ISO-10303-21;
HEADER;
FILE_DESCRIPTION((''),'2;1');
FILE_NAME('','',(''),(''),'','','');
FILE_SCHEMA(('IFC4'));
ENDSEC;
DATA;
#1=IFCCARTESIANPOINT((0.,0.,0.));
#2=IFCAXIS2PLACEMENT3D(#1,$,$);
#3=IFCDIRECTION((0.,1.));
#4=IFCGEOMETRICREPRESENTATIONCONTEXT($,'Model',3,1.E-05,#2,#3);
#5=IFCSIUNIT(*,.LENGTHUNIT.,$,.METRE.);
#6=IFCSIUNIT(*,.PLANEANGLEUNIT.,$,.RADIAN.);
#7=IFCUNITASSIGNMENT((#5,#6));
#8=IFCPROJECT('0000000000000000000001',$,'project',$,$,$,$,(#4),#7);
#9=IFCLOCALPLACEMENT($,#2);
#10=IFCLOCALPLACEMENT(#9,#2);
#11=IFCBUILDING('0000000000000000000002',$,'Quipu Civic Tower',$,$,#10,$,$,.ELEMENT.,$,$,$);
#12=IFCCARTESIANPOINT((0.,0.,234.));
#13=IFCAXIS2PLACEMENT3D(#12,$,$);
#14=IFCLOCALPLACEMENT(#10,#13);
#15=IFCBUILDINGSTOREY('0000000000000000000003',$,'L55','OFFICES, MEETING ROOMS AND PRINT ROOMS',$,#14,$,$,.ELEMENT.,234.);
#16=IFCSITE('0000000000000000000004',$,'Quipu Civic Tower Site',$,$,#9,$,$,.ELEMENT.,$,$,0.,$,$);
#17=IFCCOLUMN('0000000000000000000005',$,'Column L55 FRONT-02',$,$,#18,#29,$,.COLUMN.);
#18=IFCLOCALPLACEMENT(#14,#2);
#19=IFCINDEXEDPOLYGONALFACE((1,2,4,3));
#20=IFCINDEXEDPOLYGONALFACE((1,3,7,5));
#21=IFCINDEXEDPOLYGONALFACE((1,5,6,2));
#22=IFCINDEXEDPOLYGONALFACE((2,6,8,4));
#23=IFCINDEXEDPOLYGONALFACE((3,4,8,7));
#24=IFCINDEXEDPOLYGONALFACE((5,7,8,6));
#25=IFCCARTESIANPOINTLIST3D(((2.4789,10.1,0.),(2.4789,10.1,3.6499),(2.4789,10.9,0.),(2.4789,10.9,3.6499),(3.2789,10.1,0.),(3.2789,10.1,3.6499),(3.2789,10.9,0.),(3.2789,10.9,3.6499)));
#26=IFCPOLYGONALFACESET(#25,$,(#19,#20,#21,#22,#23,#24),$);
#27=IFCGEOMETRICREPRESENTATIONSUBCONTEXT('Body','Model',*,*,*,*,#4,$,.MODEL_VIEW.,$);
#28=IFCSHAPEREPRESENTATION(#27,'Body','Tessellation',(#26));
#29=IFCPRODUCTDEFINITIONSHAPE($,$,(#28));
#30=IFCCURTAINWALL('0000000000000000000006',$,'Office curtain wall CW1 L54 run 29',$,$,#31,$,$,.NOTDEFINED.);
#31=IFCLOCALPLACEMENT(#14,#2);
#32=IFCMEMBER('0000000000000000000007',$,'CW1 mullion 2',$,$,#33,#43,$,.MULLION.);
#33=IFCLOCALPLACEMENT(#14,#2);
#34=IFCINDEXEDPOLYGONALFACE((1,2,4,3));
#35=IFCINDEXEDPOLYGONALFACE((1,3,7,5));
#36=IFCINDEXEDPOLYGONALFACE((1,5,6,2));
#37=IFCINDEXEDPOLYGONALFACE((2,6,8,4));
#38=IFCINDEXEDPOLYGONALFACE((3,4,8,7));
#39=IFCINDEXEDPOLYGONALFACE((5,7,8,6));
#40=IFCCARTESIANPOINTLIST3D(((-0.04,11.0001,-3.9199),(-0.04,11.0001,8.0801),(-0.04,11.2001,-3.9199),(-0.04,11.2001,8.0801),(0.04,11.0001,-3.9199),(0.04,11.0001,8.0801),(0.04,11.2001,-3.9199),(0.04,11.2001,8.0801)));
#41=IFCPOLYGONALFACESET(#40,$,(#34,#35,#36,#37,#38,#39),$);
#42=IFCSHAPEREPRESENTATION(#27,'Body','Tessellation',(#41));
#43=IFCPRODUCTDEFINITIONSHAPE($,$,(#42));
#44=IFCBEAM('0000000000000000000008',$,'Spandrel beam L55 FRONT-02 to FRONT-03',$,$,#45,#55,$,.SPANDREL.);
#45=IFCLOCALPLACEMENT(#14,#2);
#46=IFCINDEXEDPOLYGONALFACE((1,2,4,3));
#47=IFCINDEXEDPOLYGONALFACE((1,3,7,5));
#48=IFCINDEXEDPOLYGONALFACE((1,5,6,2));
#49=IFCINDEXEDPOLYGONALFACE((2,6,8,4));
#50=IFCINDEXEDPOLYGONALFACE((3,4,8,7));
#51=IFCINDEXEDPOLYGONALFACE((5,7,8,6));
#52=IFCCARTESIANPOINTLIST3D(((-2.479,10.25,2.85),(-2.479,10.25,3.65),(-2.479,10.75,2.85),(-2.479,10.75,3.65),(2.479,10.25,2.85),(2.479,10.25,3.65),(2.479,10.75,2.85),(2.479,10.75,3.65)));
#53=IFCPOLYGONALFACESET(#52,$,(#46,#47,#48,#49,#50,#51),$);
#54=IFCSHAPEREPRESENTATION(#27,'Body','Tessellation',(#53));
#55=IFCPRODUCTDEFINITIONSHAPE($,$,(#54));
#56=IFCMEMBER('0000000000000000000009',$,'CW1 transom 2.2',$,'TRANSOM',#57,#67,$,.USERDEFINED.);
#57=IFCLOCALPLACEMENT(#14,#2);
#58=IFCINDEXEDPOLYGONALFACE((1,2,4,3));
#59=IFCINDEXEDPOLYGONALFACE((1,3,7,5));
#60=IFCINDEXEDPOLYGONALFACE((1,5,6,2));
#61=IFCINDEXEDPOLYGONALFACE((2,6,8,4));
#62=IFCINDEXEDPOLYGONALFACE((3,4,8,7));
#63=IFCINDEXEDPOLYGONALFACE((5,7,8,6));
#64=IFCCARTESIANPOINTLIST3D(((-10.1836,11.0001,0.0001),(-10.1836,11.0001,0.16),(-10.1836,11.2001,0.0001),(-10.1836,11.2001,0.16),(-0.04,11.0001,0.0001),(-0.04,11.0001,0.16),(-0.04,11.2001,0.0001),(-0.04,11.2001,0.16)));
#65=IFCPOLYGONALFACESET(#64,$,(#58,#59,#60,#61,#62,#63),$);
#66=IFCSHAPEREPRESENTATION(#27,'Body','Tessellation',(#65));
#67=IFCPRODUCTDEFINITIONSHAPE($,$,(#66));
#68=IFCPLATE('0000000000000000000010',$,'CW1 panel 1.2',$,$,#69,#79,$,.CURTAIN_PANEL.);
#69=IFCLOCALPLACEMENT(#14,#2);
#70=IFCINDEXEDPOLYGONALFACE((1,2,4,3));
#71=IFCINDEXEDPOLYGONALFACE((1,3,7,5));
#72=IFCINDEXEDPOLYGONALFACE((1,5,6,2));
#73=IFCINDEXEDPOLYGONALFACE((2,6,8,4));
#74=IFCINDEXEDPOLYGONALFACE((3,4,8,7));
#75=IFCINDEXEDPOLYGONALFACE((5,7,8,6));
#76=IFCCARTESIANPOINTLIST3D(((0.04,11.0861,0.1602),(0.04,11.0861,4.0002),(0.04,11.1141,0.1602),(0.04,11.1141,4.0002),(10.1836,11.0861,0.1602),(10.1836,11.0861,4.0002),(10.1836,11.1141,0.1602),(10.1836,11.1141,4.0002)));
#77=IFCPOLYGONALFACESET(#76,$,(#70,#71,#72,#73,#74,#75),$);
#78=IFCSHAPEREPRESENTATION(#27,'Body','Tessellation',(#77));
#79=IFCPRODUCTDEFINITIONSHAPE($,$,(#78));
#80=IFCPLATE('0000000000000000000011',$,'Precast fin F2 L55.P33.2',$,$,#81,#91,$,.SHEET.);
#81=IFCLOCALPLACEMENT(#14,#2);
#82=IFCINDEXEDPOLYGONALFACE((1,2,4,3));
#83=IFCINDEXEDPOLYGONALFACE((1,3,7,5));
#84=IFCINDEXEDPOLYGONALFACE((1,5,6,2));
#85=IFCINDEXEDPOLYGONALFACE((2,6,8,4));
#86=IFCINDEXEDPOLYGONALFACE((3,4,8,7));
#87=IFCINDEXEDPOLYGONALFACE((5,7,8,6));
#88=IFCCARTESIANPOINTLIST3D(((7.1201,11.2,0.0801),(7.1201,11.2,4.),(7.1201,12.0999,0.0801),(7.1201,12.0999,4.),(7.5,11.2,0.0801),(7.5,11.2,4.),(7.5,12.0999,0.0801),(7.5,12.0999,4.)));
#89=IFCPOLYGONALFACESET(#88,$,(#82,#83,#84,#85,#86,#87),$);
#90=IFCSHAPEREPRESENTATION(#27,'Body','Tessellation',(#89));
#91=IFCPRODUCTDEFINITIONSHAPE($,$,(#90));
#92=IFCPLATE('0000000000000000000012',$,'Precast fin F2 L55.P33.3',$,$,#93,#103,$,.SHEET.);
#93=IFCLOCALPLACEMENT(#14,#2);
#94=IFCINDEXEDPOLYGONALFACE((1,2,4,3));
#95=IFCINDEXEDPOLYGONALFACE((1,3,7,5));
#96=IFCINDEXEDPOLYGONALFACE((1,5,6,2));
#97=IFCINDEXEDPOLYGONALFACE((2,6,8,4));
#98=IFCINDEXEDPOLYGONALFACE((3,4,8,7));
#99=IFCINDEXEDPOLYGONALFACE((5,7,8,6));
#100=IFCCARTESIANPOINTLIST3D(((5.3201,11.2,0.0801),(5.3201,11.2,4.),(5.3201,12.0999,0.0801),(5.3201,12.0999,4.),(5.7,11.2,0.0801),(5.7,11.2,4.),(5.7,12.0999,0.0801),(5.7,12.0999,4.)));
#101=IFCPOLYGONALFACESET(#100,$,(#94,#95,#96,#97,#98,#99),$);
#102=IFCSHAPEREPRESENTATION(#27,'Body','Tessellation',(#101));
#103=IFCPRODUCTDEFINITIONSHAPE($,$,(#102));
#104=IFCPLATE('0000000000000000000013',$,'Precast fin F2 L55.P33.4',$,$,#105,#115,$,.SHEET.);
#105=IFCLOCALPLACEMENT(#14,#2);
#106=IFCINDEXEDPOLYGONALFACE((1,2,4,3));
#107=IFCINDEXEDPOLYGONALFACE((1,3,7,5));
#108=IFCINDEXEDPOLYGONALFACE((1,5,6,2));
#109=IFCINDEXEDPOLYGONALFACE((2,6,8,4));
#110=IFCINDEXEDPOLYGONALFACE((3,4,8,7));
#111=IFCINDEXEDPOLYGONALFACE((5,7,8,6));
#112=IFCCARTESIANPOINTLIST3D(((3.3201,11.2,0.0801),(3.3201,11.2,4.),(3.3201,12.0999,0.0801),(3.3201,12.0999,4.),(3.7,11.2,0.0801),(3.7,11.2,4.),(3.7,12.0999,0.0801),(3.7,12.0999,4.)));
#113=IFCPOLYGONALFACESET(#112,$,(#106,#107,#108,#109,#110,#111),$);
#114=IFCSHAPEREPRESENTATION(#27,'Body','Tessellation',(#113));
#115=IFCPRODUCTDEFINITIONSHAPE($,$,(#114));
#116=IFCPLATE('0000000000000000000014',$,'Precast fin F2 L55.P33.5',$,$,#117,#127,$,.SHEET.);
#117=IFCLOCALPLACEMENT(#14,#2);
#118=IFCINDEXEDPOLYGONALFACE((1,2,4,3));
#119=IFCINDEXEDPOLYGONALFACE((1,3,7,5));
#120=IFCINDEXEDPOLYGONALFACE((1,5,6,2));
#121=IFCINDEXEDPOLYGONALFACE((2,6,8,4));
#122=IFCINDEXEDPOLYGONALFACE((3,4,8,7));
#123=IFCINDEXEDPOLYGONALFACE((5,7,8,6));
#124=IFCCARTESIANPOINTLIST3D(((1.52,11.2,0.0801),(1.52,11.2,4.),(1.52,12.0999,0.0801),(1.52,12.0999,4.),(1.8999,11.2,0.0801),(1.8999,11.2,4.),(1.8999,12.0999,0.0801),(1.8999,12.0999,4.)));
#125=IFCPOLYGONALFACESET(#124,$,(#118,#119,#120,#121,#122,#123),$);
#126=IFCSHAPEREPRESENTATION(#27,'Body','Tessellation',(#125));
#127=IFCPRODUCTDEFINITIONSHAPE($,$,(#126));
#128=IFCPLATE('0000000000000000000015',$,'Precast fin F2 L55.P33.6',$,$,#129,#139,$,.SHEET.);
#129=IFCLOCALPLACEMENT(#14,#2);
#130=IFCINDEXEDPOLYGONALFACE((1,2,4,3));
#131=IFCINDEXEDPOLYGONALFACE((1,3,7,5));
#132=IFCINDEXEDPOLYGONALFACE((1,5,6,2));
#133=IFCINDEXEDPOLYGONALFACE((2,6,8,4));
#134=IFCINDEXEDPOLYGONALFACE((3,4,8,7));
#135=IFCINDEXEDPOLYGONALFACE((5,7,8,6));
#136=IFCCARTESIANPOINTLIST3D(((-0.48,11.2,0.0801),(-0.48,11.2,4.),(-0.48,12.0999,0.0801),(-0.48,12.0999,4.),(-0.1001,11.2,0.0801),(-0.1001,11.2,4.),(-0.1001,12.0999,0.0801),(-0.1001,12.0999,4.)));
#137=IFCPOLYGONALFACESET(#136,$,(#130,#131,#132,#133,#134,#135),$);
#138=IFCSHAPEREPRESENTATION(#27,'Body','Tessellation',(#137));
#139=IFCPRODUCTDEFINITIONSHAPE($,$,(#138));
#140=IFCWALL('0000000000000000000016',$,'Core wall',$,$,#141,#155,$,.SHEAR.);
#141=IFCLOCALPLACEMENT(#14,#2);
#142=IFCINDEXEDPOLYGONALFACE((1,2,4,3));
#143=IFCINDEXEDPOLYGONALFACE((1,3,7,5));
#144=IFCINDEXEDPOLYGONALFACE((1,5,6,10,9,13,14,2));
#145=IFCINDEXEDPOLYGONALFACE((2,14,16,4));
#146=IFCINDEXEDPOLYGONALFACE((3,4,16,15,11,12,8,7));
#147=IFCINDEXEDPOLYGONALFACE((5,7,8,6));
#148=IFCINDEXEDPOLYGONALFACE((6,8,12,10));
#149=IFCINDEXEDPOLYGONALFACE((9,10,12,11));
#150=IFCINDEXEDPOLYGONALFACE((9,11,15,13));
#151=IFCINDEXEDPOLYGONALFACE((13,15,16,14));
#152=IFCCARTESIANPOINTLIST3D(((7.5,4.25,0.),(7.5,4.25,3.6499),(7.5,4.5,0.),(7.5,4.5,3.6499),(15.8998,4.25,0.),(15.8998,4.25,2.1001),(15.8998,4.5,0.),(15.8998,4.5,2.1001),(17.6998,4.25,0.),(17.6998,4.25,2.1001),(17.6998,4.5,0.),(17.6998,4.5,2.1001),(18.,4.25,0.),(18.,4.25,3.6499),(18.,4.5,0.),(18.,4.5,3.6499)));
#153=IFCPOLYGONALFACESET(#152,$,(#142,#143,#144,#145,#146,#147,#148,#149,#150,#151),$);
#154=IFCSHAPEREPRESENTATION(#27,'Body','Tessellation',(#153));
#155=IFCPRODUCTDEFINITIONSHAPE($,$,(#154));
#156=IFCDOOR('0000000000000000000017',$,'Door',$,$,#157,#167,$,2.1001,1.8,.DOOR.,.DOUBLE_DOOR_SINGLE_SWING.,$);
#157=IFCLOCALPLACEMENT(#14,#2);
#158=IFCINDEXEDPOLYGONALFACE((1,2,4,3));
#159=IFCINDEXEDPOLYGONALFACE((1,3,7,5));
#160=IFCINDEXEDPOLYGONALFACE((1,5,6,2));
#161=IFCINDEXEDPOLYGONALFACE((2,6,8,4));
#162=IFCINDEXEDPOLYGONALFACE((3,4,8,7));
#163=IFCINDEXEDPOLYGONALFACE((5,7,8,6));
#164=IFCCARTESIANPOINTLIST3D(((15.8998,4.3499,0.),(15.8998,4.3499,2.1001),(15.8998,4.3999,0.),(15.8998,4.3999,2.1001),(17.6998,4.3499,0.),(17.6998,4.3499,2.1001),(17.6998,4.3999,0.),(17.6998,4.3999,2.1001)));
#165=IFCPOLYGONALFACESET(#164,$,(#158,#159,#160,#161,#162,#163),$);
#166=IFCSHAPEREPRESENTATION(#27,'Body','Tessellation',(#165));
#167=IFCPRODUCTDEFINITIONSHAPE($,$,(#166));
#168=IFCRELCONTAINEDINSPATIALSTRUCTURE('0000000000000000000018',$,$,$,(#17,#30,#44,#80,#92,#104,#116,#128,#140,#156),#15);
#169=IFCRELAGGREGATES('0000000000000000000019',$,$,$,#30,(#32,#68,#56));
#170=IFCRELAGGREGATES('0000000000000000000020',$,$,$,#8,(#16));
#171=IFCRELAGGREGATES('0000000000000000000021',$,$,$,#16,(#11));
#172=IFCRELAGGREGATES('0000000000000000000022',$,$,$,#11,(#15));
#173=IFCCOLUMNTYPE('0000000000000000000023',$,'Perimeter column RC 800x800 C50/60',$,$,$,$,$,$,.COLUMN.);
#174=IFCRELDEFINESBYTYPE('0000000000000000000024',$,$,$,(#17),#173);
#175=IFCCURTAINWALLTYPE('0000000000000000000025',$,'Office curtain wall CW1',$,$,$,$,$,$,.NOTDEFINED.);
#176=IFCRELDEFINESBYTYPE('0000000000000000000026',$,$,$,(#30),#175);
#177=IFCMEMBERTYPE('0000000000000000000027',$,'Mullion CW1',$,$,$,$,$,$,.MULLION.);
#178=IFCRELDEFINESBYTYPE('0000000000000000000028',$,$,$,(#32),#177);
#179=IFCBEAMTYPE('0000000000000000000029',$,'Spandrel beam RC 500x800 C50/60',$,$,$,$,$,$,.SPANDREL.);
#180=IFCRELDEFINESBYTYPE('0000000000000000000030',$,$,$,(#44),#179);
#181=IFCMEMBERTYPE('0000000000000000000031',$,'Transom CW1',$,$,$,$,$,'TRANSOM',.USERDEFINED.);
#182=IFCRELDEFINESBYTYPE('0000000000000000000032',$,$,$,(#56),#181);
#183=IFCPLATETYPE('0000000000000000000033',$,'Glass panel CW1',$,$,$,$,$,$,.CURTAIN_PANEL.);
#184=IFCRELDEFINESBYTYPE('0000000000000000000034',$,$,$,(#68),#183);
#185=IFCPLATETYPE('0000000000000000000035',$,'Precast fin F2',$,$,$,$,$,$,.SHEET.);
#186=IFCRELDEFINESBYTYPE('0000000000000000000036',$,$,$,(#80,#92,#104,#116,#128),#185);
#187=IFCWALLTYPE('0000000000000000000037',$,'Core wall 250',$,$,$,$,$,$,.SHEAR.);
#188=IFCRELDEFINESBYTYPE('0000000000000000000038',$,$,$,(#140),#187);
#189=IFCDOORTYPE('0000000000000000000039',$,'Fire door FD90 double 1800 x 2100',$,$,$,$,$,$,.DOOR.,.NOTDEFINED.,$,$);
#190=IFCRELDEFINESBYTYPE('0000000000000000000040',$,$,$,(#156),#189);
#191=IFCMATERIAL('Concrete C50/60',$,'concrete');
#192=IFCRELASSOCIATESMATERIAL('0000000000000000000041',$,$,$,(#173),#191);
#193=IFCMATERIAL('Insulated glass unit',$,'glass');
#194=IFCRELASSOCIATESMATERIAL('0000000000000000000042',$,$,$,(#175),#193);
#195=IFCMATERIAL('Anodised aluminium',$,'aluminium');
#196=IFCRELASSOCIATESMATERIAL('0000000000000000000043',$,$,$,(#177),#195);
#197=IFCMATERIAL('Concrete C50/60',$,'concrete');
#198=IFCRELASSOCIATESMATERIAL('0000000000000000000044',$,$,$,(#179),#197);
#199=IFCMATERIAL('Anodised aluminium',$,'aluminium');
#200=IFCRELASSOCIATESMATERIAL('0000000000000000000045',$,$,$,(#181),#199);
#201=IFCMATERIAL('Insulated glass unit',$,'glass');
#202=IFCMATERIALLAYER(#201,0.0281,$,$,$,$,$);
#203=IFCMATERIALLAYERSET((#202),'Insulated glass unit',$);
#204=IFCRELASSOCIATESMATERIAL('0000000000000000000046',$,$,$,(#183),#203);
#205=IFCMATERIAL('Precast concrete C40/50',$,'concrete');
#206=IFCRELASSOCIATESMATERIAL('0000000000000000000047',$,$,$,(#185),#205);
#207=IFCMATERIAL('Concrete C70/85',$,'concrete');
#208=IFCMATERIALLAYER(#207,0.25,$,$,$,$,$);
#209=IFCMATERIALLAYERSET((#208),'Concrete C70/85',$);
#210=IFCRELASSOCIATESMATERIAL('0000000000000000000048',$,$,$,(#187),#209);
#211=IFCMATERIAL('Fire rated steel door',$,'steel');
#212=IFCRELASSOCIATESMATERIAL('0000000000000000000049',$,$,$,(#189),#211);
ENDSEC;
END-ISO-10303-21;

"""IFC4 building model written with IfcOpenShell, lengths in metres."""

from ifc_helpers import new_model, si_unit, direction, frame, frame_2d, origin, origin_2d, place, context, subcontext, project, spatial, rectangle, extrude, material, layer, layer_set, material_profile, profile_set, type_object, element, fill, aggregate, save


model = new_model("IFC4")

# Units and contexts
model_context = context("Model", 3, precision=1e-05, world=origin(), true_north=direction((0.0, 1.0)))
body_context = subcontext(model_context, "Body", "Model", "MODEL_VIEW")
ifc_project = project(units=[si_unit("LENGTHUNIT", "METRE"), si_unit("PLANEANGLEUNIT", "RADIAN")], contexts=[model_context])

# Site, building, storey
site_placement = place(None, origin())
site = spatial("IfcSite", under=ifc_project, at=site_placement, Name="Quipu Civic Tower Site", CompositionType="ELEMENT", RefElevation=0.0)
building_placement = place(site_placement, origin())
building = spatial("IfcBuilding", under=site, at=building_placement, Name="Quipu Civic Tower", CompositionType="ELEMENT")
storey_placement = place(building_placement, frame((0.0, 0.0, 234.0)))
storey = spatial("IfcBuildingStorey", under=building, at=storey_placement, Name="L55", Description="OFFICES, MEETING ROOMS AND PRINT ROOMS", CompositionType="ELEMENT", Elevation=234.0)

# Column
ifc_material_1 = material(Name="Concrete C50/60", Category="concrete")
ifc_material_profile_1 = material_profile(ifc_material_1, rectangle(XDim=0.8, YDim=0.8, at=origin_2d()), Name="RC800x800")
ifc_profile_set_1 = profile_set([ifc_material_profile_1], Name="Concrete C50/60")
column_type = type_object("IfcColumnType", Name="Perimeter column RC 800x800 C50/60", PredefinedType="COLUMN", material=ifc_profile_set_1)
column_placement = place(storey_placement, frame((2.8789, 10.5, 0.0), z_axis=(0.0, 0.0, 1.0), x_axis=(-1.0, 0.0, 0.0)))
element("IfcColumn", 1, at=column_placement, inside=storey, type_object=column_type, Name="Column L55 FRONT-02", PredefinedType="COLUMN", context=body_context, shape_type="SweptSolid", body=[
    extrude(rectangle(XDim=0.8, YDim=0.8, at=origin_2d()), origin(), (0.0, 0.0, 1.0), 3.6499),
])

# Curtain wall, member
ifc_material_2 = material(Name="Insulated glass unit", Category="glass")
curtain_wall_type = type_object("IfcCurtainWallType", Name="Office curtain wall CW1", PredefinedType="NOTDEFINED", material=ifc_material_2)
curtain_wall_placement = place(storey_placement, origin())
curtain_wall = element("IfcCurtainWall", 2, at=curtain_wall_placement, inside=storey, type_object=curtain_wall_type, Name="Office curtain wall CW1 L54 run 29", PredefinedType="NOTDEFINED")
ifc_material_3 = material(Name="Anodised aluminium", Category="aluminium")
ifc_material_profile_2 = material_profile(ifc_material_3, rectangle(XDim=0.2, YDim=0.0801, at=origin_2d()), Name="RECT 200x80")
ifc_profile_set_2 = profile_set([ifc_material_profile_2], Name="Anodised aluminium")
member_type_1 = type_object("IfcMemberType", Name="Mullion CW1", PredefinedType="MULLION", material=ifc_profile_set_2)
member_1_placement = place(storey_placement, frame((0.0, 11.1001, -3.9199), z_axis=(0.0, 0.0, 1.0), x_axis=(0.0, -1.0, 0.0)))
member_1 = element("IfcMember", 3, at=member_1_placement, type_object=member_type_1, Name="CW1 mullion 2", PredefinedType="MULLION", context=body_context, shape_type="SweptSolid", body=[
    extrude(rectangle(XDim=0.2, YDim=0.0801, at=origin_2d()), origin(), (0.0, 0.0, 1.0), 12.0),
])

# Beam
ifc_material_4 = material(Name="Concrete C50/60", Category="concrete")
ifc_material_profile_3 = material_profile(ifc_material_4, rectangle(XDim=0.5, YDim=0.8, at=origin_2d()), Name="RC500x800")
ifc_profile_set_3 = profile_set([ifc_material_profile_3], Name="Concrete C50/60")
beam_type = type_object("IfcBeamType", Name="Spandrel beam RC 500x800 C50/60", PredefinedType="SPANDREL", material=ifc_profile_set_3)
beam_placement = place(storey_placement, frame((2.479, 10.5, 3.25), z_axis=(-1.0, 0.0, 0.0), x_axis=(0.0, -1.0, 0.0)))
element("IfcBeam", 4, at=beam_placement, inside=storey, type_object=beam_type, Name="Spandrel beam L55 FRONT-02 to FRONT-03", PredefinedType="SPANDREL", context=body_context, shape_type="SweptSolid", body=[
    extrude(rectangle(XDim=0.5, YDim=0.8, at=origin_2d()), origin(), (0.0, 0.0, 1.0), 4.958),
])

# Member
ifc_material_5 = material(Name="Anodised aluminium", Category="aluminium")
ifc_material_profile_4 = material_profile(ifc_material_5, rectangle(XDim=0.2, YDim=0.1599, at=origin_2d()), Name="RECT 200x160")
ifc_profile_set_4 = profile_set([ifc_material_profile_4], Name="Anodised aluminium")
member_type_2 = type_object("IfcMemberType", Name="Transom CW1", ElementType="TRANSOM", PredefinedType="USERDEFINED", material=ifc_profile_set_4)
member_2_placement = place(storey_placement, frame((-0.04, 11.1001, 0.0801), z_axis=(-1.0, 0.0, 0.0), x_axis=(0.0, -1.0, 0.0)))
member_2 = element("IfcMember", 5, at=member_2_placement, type_object=member_type_2, Name="CW1 transom 2.2", ObjectType="TRANSOM", PredefinedType="USERDEFINED", context=body_context, shape_type="SweptSolid", body=[
    extrude(rectangle(XDim=0.2, YDim=0.1599, at=origin_2d()), origin(), (0.0, 0.0, 1.0), 10.1436),
])

# Plate
ifc_material_6 = material(Name="Insulated glass unit", Category="glass")
ifc_layer_1 = layer(ifc_material_6, 0.0281)
ifc_layer_set_1 = layer_set([ifc_layer_1], Name="Insulated glass unit")
plate_type_1 = type_object("IfcPlateType", Name="Glass panel CW1", PredefinedType="CURTAIN_PANEL", material=ifc_layer_set_1)
plate_placement = place(storey_placement, frame((5.1118, 11.1001, 0.1602), z_axis=(0.0, 0.0, 1.0), x_axis=(-1.0, 0.0, 0.0)))
plate = element("IfcPlate", 6, at=plate_placement, type_object=plate_type_1, Name="CW1 panel 1.2", PredefinedType="CURTAIN_PANEL", context=body_context, shape_type="SweptSolid", body=[
    extrude(rectangle(XDim=10.1436, YDim=0.0281, at=origin_2d()), origin(), (0.0, 0.0, 1.0), 3.8401),
])
aggregate(curtain_wall, [member_1, plate, member_2])

# Plates
ifc_material_7 = material(Name="Precast concrete C40/50", Category="concrete")
plate_type_2 = type_object("IfcPlateType", Name="Precast fin F2", PredefinedType="SHEET", material=ifc_material_7)
for number, where, z_axis, x_axis, name in (
    (7, (7.3101, 11.6499, 0.0801), (0.0, 0.0, 1.0), (-1.0, 0.0, 0.0), "Precast fin F2 L55.P33.2"),
    (8, (5.51, 11.6499, 0.0801), (0.0, 0.0, 1.0), (-1.0, 0.0, 0.0), "Precast fin F2 L55.P33.3"),
    (9, (3.51, 11.6499, 0.0801), (0.0, 0.0, 1.0), (-1.0, 0.0, 0.0), "Precast fin F2 L55.P33.4"),
    (10, (1.71, 11.6499, 0.0801), (0.0, 0.0, 1.0), (-1.0, 0.0, 0.0), "Precast fin F2 L55.P33.5"),
    (11, (-0.29, 11.6499, 0.0801), (0.0, 0.0, 1.0), (-1.0, 0.0, 0.0), "Precast fin F2 L55.P33.6"),
):
    element("IfcPlate", number, at=place(storey_placement, frame(where, z_axis=z_axis, x_axis=x_axis)), inside=storey, type_object=plate_type_2, Name=name, PredefinedType="SHEET", context=body_context, shape_type="SweptSolid", body=[
        extrude(rectangle(XDim=0.3799, YDim=0.8999, at=origin_2d()), origin(), (0.0, 0.0, 1.0), 3.9199),
    ])

# Wall, opening, door
ifc_material_8 = material(Name="Concrete C70/85", Category="concrete")
ifc_layer_2 = layer(ifc_material_8, 0.25)
ifc_layer_set_2 = layer_set([ifc_layer_2], Name="Concrete C70/85")
wall_type_1 = type_object("IfcWallType", Name="Core wall 250", PredefinedType="SHEAR", material=ifc_layer_set_2)
wall_1_placement = place(storey_placement, frame((7.5, 4.375, 0.0), z_axis=(0.0, 0.0, 1.0), x_axis=(1.0, 0.0, 0.0)))
wall_1 = element("IfcWall", 12, at=wall_1_placement, inside=storey, type_object=wall_type_1, Name="Core wall", PredefinedType="SHEAR", context=body_context, shape_type="SweptSolid", body=[
    extrude(rectangle(XDim=10.5, YDim=0.25, at=frame_2d((5.25, 0.0))), origin(), (0.0, 0.0, 1.0), 3.6499),
])
opening_1_placement = place(wall_1_placement, frame((8.3999, 0.0, 0.0)))
opening_1 = element("IfcOpeningElement", 13, at=opening_1_placement, cuts=wall_1, PredefinedType="OPENING", context=body_context, shape_type="SweptSolid", body=[
    extrude(rectangle(XDim=1.8, YDim=2.1001, at=frame_2d((0.8999, 1.05))), frame((0.0, 0.135, 0.0), z_axis=(0.0, -1.0, 0.0), x_axis=(1.0, 0.0, 0.0)), (0.0, 0.0, 1.0), 0.27),
])
ifc_material_9 = material(Name="Fire rated steel door", Category="steel")
door_type_1 = type_object("IfcDoorType", Name="Fire door FD90 double 1800 x 2100", OperationType="NOTDEFINED", PredefinedType="DOOR", material=ifc_material_9)
door_1_placement = place(opening_1_placement, origin())
door_1 = element("IfcDoor", 14, at=door_1_placement, inside=storey, type_object=door_type_1, Name="Door", OperationType="DOUBLE_DOOR_SINGLE_SWING", OverallHeight=2.1001, OverallWidth=1.8, PredefinedType="DOOR", context=body_context, shape_type="SweptSolid", body=[
    extrude(rectangle(XDim=1.8, YDim=2.1001, at=frame_2d((0.8999, 1.05))), frame((0.0, 0.0249, 0.0), z_axis=(0.0, -1.0, 0.0), x_axis=(1.0, 0.0, 0.0)), (0.0, 0.0, 1.0), 0.05),
])
fill(opening_1, door_1)

save(model, "model.ifc")
